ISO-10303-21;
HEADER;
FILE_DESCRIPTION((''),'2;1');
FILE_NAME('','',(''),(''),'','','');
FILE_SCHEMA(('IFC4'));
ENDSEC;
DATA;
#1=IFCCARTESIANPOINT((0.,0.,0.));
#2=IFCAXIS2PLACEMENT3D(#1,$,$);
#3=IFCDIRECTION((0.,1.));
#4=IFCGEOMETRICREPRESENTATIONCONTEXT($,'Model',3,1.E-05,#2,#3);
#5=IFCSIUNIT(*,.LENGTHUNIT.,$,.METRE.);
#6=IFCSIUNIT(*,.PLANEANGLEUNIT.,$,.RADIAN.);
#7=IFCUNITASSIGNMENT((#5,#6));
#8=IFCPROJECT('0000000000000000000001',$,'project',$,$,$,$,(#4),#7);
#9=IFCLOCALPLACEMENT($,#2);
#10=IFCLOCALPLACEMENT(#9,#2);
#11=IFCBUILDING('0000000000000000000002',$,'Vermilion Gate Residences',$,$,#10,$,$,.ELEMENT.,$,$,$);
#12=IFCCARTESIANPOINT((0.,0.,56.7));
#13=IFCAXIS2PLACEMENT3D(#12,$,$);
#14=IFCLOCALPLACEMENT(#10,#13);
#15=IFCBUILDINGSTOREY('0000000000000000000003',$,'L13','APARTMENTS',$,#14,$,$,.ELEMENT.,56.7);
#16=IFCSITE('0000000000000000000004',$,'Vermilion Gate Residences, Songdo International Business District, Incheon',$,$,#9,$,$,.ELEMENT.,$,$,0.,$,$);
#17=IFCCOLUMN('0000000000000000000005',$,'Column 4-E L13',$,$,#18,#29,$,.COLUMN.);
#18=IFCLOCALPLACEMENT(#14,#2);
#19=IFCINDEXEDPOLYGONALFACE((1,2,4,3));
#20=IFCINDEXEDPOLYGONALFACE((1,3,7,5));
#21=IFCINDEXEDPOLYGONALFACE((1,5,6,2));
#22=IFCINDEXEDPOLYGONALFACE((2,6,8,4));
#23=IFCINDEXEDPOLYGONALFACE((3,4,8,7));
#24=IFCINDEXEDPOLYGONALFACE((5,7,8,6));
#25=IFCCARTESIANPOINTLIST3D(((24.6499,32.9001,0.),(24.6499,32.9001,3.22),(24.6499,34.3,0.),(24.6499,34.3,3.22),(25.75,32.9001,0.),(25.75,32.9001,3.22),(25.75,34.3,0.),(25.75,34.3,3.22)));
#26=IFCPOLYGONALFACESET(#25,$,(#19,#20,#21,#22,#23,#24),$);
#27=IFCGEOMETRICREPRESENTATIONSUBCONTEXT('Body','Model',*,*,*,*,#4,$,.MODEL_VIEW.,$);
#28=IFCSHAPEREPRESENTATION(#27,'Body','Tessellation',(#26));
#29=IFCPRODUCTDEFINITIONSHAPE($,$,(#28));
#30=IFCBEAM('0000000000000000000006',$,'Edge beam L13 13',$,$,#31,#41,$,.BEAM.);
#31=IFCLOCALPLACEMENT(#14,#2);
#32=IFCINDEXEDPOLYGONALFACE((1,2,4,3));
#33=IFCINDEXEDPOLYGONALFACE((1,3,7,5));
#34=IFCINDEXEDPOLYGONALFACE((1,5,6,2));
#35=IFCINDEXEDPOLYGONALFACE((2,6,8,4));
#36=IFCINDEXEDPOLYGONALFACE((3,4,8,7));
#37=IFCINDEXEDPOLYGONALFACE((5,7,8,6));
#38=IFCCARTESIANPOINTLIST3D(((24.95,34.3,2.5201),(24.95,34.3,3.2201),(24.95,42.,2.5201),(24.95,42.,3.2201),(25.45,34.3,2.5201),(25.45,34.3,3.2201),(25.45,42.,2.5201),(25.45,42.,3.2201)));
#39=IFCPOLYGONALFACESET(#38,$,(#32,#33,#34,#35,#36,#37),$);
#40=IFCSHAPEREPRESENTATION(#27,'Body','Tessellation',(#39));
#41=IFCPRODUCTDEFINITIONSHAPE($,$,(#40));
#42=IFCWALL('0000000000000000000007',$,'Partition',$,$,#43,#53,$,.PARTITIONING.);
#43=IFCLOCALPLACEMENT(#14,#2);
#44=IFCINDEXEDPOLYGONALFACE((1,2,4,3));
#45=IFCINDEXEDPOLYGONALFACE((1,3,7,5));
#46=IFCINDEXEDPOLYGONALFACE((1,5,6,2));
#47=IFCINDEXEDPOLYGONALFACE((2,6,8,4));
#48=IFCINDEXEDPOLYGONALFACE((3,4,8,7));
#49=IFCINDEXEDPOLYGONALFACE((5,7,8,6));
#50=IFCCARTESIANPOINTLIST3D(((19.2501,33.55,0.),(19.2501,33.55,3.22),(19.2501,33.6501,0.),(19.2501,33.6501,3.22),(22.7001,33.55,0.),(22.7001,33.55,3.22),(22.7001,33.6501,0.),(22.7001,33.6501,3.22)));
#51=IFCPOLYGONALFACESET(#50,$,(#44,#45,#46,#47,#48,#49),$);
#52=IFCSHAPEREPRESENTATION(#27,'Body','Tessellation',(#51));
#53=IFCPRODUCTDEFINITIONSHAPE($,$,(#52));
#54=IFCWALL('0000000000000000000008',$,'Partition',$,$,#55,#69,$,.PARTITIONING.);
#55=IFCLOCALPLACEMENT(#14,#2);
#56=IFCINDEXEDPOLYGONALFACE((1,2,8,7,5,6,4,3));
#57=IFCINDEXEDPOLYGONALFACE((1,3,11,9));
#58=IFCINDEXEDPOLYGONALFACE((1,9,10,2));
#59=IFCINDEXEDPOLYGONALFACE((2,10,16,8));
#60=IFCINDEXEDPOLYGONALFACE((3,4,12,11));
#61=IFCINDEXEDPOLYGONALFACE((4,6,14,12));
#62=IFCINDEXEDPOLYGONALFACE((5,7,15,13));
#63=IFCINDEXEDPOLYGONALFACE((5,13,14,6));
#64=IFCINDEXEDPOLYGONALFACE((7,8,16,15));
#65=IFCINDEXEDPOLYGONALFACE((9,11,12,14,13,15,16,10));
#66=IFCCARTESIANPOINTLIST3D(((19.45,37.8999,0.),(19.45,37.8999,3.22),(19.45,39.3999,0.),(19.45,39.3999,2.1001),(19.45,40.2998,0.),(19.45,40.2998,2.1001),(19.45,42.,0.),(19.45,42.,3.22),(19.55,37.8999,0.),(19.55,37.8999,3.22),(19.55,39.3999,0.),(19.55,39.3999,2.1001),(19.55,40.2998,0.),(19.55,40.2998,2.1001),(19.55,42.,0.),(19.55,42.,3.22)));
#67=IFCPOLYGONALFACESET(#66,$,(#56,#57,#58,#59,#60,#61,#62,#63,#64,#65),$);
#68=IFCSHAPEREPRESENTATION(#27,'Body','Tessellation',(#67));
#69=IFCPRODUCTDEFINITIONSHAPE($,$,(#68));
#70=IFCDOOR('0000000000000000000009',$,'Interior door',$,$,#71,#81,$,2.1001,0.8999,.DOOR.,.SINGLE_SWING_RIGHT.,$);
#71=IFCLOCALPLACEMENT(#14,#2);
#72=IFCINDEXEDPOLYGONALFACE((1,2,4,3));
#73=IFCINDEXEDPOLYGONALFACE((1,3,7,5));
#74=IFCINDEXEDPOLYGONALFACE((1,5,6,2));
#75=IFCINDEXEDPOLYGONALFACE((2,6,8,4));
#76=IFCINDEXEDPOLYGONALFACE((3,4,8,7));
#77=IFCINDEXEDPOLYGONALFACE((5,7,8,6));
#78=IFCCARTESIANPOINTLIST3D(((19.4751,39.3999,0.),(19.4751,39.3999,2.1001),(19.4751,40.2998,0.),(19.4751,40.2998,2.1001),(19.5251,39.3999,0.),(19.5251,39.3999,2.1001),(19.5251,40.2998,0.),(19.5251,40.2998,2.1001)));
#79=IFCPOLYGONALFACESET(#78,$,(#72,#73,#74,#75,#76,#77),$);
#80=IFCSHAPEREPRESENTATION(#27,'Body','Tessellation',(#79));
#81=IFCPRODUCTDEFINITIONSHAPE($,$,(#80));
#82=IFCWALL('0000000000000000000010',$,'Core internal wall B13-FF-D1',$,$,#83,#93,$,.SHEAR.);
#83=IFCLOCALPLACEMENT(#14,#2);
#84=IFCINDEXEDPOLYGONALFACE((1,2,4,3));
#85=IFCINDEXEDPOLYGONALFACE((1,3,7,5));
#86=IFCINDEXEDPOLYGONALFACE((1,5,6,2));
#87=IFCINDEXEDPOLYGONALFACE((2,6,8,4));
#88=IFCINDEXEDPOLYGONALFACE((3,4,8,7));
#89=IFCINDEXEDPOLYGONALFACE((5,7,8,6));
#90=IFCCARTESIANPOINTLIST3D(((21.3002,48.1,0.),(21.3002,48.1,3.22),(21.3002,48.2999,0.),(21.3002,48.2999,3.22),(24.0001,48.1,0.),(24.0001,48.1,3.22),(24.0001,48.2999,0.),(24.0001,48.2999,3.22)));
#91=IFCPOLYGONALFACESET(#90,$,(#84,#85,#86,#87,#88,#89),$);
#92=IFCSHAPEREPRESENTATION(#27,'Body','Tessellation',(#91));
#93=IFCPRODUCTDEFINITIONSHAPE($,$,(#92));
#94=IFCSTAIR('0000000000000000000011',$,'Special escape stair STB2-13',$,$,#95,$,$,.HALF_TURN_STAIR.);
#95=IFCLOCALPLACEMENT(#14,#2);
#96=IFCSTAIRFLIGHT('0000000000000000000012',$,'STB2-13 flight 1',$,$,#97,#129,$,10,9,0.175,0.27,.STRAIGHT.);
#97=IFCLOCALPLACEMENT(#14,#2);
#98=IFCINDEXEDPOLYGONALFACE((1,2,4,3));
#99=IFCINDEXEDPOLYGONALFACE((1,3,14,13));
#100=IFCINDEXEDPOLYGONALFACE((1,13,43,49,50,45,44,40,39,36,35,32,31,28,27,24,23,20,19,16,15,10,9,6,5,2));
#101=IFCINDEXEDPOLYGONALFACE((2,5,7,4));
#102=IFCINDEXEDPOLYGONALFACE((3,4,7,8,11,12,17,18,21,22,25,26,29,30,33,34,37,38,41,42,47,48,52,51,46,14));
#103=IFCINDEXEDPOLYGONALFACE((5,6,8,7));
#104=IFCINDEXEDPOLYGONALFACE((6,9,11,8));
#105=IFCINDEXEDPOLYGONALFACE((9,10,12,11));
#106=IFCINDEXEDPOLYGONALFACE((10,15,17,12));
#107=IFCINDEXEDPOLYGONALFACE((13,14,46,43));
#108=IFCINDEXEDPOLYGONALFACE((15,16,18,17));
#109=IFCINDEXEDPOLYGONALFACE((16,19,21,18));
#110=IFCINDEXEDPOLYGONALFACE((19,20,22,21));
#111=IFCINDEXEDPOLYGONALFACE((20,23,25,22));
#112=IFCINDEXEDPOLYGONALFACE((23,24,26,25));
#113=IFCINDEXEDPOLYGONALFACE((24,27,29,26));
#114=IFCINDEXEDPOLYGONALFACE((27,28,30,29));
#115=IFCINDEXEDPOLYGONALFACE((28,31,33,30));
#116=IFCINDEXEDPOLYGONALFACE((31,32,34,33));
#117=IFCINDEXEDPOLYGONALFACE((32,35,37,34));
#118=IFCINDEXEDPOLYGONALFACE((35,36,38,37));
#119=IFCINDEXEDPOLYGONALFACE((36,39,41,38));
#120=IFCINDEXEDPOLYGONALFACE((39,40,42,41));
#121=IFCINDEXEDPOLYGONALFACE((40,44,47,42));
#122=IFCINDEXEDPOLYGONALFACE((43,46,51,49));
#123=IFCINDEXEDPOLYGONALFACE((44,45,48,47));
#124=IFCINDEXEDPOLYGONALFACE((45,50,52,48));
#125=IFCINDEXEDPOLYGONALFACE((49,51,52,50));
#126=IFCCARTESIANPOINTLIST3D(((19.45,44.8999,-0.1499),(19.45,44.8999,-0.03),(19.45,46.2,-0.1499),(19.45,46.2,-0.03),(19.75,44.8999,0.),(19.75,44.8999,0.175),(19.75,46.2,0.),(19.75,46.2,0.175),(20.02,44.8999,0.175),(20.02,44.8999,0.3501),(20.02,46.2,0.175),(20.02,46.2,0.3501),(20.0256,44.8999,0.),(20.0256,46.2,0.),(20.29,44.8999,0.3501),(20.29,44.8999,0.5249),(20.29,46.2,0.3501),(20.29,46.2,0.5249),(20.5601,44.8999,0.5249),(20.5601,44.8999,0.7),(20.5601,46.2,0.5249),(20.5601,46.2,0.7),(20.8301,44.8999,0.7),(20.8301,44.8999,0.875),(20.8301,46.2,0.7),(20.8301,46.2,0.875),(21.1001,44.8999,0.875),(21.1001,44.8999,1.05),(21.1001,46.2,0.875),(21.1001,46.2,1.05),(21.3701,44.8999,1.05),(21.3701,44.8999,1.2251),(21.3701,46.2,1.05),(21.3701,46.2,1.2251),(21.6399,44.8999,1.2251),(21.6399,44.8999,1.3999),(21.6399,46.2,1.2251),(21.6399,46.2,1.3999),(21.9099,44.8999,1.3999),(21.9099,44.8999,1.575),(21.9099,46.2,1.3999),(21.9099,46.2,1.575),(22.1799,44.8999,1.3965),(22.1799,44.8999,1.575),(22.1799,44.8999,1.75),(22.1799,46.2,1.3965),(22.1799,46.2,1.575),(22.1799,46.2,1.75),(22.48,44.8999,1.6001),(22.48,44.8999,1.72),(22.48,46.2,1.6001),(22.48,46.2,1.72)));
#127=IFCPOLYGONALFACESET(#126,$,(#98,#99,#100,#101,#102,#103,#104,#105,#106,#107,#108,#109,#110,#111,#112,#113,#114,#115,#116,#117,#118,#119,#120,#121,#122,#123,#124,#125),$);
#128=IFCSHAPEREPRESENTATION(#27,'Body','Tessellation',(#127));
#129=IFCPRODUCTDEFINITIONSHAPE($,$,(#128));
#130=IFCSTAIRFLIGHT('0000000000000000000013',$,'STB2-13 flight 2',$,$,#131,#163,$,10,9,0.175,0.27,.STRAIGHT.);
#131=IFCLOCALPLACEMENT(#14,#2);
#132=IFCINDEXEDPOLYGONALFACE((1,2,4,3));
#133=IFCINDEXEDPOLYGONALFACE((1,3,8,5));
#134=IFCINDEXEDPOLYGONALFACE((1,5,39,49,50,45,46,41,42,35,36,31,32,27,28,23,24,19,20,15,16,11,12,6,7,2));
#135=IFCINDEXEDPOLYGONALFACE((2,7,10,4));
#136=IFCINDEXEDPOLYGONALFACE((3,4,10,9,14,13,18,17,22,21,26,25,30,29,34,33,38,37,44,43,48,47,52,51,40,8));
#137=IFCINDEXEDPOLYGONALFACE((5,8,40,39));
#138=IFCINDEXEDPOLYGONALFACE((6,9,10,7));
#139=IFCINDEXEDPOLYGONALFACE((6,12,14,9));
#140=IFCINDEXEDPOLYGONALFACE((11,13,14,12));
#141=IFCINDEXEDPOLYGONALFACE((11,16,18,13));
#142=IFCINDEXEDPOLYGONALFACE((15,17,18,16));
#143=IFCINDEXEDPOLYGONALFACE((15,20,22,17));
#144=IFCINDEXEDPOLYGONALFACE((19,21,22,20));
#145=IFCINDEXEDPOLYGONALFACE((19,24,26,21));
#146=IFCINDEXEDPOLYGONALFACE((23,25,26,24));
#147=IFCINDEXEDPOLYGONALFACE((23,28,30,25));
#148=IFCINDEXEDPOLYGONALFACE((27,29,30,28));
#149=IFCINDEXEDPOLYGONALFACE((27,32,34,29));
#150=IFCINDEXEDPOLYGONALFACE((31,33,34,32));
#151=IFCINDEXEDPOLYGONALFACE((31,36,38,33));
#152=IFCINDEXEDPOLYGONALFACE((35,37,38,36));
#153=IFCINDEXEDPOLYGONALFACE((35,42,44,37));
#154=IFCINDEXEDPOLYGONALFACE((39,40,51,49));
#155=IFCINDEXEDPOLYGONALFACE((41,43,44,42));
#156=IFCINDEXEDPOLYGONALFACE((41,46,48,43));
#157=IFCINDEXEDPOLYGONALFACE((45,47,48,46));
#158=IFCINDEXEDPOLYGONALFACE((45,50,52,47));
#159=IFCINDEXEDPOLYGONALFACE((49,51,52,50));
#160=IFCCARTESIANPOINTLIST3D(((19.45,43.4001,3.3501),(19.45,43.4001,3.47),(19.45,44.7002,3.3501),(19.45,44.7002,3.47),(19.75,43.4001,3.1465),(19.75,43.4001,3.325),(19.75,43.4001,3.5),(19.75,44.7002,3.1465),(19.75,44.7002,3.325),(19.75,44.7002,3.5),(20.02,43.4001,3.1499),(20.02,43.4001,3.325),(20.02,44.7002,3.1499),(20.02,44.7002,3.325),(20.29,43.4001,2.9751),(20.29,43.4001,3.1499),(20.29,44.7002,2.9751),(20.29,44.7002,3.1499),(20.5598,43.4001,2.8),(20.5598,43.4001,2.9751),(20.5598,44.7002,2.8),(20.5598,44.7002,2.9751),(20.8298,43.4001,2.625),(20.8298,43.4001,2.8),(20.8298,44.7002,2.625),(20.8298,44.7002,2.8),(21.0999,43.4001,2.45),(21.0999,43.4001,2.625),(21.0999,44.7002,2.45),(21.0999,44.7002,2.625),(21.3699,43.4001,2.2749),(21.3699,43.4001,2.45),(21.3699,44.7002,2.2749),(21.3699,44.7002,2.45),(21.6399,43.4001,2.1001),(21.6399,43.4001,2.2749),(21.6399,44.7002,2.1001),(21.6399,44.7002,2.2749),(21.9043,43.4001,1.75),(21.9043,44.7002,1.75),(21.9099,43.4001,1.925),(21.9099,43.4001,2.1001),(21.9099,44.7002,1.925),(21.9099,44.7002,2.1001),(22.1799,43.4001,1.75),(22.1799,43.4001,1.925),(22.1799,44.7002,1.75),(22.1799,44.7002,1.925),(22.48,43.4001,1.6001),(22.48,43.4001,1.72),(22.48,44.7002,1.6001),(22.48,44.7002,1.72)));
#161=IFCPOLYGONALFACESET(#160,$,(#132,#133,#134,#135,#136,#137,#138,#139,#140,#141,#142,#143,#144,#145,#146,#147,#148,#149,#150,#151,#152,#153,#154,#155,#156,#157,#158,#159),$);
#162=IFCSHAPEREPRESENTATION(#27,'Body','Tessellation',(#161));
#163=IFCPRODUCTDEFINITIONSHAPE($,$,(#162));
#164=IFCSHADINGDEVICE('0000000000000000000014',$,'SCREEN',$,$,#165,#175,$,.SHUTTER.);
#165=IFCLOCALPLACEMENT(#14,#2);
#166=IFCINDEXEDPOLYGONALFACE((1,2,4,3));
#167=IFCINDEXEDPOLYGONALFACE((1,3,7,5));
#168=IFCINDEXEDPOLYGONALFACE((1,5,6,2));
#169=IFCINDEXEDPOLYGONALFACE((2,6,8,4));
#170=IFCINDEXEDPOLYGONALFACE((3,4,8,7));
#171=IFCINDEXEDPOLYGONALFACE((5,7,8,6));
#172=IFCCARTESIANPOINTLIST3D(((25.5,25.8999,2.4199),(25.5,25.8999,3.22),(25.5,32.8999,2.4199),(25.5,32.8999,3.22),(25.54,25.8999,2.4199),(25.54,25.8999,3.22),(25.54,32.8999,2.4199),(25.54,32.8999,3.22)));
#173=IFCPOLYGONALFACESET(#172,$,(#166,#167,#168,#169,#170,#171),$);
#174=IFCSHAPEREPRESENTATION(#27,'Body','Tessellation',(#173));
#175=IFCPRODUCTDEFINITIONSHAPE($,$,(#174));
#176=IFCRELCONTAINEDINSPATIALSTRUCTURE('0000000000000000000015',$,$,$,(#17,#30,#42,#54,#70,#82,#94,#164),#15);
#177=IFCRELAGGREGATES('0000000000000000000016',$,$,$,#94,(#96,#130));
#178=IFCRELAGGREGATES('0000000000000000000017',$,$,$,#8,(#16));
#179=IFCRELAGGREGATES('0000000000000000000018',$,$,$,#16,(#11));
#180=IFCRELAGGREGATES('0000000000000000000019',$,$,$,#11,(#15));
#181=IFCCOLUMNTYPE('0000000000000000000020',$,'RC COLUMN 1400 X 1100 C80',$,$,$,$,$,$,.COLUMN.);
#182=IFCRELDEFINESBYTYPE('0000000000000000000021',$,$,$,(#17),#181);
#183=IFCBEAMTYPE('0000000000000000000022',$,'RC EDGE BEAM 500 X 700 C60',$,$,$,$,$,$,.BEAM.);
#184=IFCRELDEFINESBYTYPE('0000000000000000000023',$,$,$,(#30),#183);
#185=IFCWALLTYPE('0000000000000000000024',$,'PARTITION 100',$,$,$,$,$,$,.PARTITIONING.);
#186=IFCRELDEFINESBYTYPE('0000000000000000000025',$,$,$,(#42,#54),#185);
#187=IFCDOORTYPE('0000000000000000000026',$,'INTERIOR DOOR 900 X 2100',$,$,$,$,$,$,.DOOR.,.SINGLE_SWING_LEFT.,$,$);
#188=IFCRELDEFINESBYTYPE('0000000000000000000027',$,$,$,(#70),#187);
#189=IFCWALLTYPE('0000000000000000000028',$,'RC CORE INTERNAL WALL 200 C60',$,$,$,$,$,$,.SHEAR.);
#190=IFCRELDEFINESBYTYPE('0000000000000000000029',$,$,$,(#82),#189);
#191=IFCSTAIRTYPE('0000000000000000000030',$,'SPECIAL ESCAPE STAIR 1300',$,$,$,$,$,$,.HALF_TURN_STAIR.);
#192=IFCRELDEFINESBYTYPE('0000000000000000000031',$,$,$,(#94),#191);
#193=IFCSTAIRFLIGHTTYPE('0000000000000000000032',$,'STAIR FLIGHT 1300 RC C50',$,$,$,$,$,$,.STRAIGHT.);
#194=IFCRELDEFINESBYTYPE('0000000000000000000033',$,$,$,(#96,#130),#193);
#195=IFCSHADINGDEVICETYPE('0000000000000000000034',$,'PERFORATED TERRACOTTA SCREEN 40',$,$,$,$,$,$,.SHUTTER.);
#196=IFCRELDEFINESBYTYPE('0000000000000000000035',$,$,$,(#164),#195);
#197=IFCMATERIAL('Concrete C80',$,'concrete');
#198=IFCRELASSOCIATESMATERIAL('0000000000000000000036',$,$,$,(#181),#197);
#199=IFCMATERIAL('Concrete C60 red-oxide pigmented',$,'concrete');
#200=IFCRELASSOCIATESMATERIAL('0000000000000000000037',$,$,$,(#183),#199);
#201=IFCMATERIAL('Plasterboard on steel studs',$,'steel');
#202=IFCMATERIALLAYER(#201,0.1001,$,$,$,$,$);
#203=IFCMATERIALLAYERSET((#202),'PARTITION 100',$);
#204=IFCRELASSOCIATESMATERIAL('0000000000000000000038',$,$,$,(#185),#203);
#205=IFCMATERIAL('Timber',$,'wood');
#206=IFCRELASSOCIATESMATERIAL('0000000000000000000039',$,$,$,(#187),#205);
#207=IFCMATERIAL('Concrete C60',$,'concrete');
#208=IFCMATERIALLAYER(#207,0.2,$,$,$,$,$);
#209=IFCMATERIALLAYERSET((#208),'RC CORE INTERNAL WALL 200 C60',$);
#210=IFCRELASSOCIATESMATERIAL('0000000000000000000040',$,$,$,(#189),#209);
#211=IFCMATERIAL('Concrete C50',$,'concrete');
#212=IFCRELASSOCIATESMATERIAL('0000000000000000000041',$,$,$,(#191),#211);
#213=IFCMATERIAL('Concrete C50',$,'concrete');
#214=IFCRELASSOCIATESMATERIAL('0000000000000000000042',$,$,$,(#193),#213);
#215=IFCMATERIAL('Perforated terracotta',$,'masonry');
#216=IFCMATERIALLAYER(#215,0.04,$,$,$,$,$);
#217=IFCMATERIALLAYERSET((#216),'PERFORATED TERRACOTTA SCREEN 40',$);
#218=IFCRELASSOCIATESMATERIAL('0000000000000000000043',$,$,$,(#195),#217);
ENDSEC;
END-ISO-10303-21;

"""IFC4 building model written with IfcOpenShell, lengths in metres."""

from ifc_helpers import new_model, si_unit, direction, frame, frame_2d, origin, origin_2d, place, context, subcontext, project, spatial, polyline, rectangle, outline, extrude, material, layer, layer_set, material_profile, profile_set, type_object, element, fill, aggregate, save


model = new_model("IFC4")

# Units and contexts
model_context = context("Model", 3, precision=1e-05, world=origin(), true_north=direction((0.0, 1.0)))
body_context = subcontext(model_context, "Body", "Model", "MODEL_VIEW")
ifc_project = project(units=[si_unit("LENGTHUNIT", "METRE"), si_unit("PLANEANGLEUNIT", "RADIAN")], contexts=[model_context])

# Site, building, storey
site_placement = place(None, origin())
site = spatial("IfcSite", under=ifc_project, at=site_placement, Name="Vermilion Gate Residences, Songdo International Business District, Incheon", CompositionType="ELEMENT", RefElevation=0.0)
building_placement = place(site_placement, origin())
building = spatial("IfcBuilding", under=site, at=building_placement, Name="Vermilion Gate Residences", CompositionType="ELEMENT")
storey_placement = place(building_placement, frame((0.0, 0.0, 56.7)))
storey = spatial("IfcBuildingStorey", under=building, at=storey_placement, Name="L13", Description="APARTMENTS", CompositionType="ELEMENT", Elevation=56.7)

# Column
ifc_material_1 = material(Name="Concrete C80", Category="concrete")
ifc_material_profile_1 = material_profile(ifc_material_1, rectangle(XDim=1.3999, YDim=1.1001, at=origin_2d()), Name="RC-1400x1100")
ifc_profile_set_1 = profile_set([ifc_material_profile_1], Name="Concrete C80")
column_type = type_object("IfcColumnType", Name="RC COLUMN 1400 X 1100 C80", PredefinedType="COLUMN", material=ifc_profile_set_1)
column_placement = place(storey_placement, frame((25.2, 33.6001, 0.0), z_axis=(0.0, 0.0, 1.0), x_axis=(0.0, 1.0, 0.0)))
element("IfcColumn", 1, at=column_placement, inside=storey, type_object=column_type, Name="Column 4-E L13", PredefinedType="COLUMN", context=body_context, shape_type="SweptSolid", body=[
    extrude(rectangle(XDim=1.3999, YDim=1.1001, at=origin_2d()), origin(), (0.0, 0.0, 1.0), 3.22),
])

# Beam
ifc_material_2 = material(Name="Concrete C60 red-oxide pigmented", Category="concrete")
ifc_material_profile_2 = material_profile(ifc_material_2, rectangle(XDim=0.5, YDim=0.7, at=origin_2d()), Name="RC-500x700")
ifc_profile_set_2 = profile_set([ifc_material_profile_2], Name="Concrete C60 red-oxide pigmented")
beam_type = type_object("IfcBeamType", Name="RC EDGE BEAM 500 X 700 C60", PredefinedType="BEAM", material=ifc_profile_set_2)
beam_placement = place(storey_placement, frame((25.2, 34.3, 2.8701), z_axis=(0.0, 1.0, 0.0), x_axis=(-1.0, 0.0, 0.0)))
element("IfcBeam", 2, at=beam_placement, inside=storey, type_object=beam_type, Name="Edge beam L13 13", PredefinedType="BEAM", context=body_context, shape_type="SweptSolid", body=[
    extrude(rectangle(XDim=0.5, YDim=0.7, at=origin_2d()), origin(), (0.0, 0.0, 1.0), 7.7),
])

# Wall
ifc_material_3 = material(Name="Plasterboard on steel studs", Category="steel")
ifc_layer_1 = layer(ifc_material_3, 0.1001)
ifc_layer_set_1 = layer_set([ifc_layer_1], Name="PARTITION 100")
wall_type_1 = type_object("IfcWallType", Name="PARTITION 100", PredefinedType="PARTITIONING", material=ifc_layer_set_1)
wall_1_placement = place(storey_placement, frame((19.25, 33.6001, 0.0), z_axis=(0.0, 0.0, 1.0), x_axis=(1.0, 0.0, 0.0)))
element("IfcWall", 3, at=wall_1_placement, inside=storey, type_object=wall_type_1, Name="Partition", PredefinedType="PARTITIONING", context=body_context, shape_type="SweptSolid", body=[
    extrude(rectangle(XDim=3.45, YDim=0.1001, at=frame_2d((1.7251, 0.0))), origin(), (0.0, 0.0, 1.0), 3.22),
])

# Wall, opening, door
wall_2_placement = place(storey_placement, frame((19.5, 37.8999, 0.0), z_axis=(0.0, 0.0, 1.0), x_axis=(0.0, 1.0, 0.0)))
wall_2 = element("IfcWall", 4, at=wall_2_placement, inside=storey, type_object=wall_type_1, Name="Partition", PredefinedType="PARTITIONING", context=body_context, shape_type="SweptSolid", body=[
    extrude(rectangle(XDim=4.1001, YDim=0.1001, at=frame_2d((2.05, 0.0))), origin(), (0.0, 0.0, 1.0), 3.22),
])
opening_placement = place(wall_2_placement, frame((1.5, 0.0, 0.0)))
opening = element("IfcOpeningElement", 5, at=opening_placement, cuts=wall_2, PredefinedType="OPENING", context=body_context, shape_type="SweptSolid", body=[
    extrude(rectangle(XDim=0.8999, YDim=2.1001, at=frame_2d((0.45, 1.05))), frame((0.0, 0.0601, 0.0), z_axis=(0.0, -1.0, 0.0), x_axis=(1.0, 0.0, 0.0)), (0.0, 0.0, 1.0), 0.1201),
])
ifc_material_4 = material(Name="Timber", Category="wood")
door_type = type_object("IfcDoorType", Name="INTERIOR DOOR 900 X 2100", OperationType="SINGLE_SWING_LEFT", PredefinedType="DOOR", material=ifc_material_4)
door_placement = place(opening_placement, origin())
door = element("IfcDoor", 6, at=door_placement, inside=storey, type_object=door_type, Name="Interior door", OperationType="SINGLE_SWING_RIGHT", OverallHeight=2.1001, OverallWidth=0.8999, PredefinedType="DOOR", context=body_context, shape_type="SweptSolid", body=[
    extrude(rectangle(XDim=0.8999, YDim=2.1001, at=frame_2d((0.45, 1.05))), frame((0.0, 0.0249, 0.0), z_axis=(0.0, -1.0, 0.0), x_axis=(1.0, 0.0, 0.0)), (0.0, 0.0, 1.0), 0.05),
])
fill(opening, door)

# Wall
ifc_material_5 = material(Name="Concrete C60", Category="concrete")
ifc_layer_2 = layer(ifc_material_5, 0.2)
ifc_layer_set_2 = layer_set([ifc_layer_2], Name="RC CORE INTERNAL WALL 200 C60")
wall_type_2 = type_object("IfcWallType", Name="RC CORE INTERNAL WALL 200 C60", PredefinedType="SHEAR", material=ifc_layer_set_2)
wall_3_placement = place(storey_placement, frame((21.3, 48.2, 0.0), z_axis=(0.0, 0.0, 1.0), x_axis=(1.0, 0.0, 0.0)))
element("IfcWall", 7, at=wall_3_placement, inside=storey, type_object=wall_type_2, Name="Core internal wall B13-FF-D1", PredefinedType="SHEAR", context=body_context, shape_type="SweptSolid", body=[
    extrude(rectangle(XDim=2.7, YDim=0.2, at=frame_2d((1.3501, 0.0))), origin(), (0.0, 0.0, 1.0), 3.22),
])

# Stair, stair flights
ifc_material_6 = material(Name="Concrete C50", Category="concrete")
stair_type = type_object("IfcStairType", Name="SPECIAL ESCAPE STAIR 1300", PredefinedType="HALF_TURN_STAIR", material=ifc_material_6)
stair_placement = place(storey_placement, origin())
stair = element("IfcStair", 8, at=stair_placement, inside=storey, type_object=stair_type, Name="Special escape stair STB2-13", PredefinedType="HALF_TURN_STAIR")
ifc_material_7 = material(Name="Concrete C50", Category="concrete")
stair_flight_type = type_object("IfcStairFlightType", Name="STAIR FLIGHT 1300 RC C50", PredefinedType="STRAIGHT", material=ifc_material_7)
stair_flight_1_placement = place(storey_placement, frame((19.75, 45.55, 0.0), z_axis=(0.0, 0.0, 1.0), x_axis=(1.0, 0.0, 0.0)))
stair_flight_1 = element("IfcStairFlight", 9, at=stair_flight_1_placement, type_object=stair_flight_type, Name="STB2-13 flight 1", NumberOfRisers=10, NumberOfTreads=9, PredefinedType="STRAIGHT", RiserHeight=0.175, TreadLength=0.27, context=body_context, shape_type="SweptSolid", body=[
    extrude(outline(polyline([(-0.3, -0.1499), (-0.3, -0.03), (0.0, 0.0), (0.0, 0.175), (0.27, 0.175), (0.27, 0.3501), (0.54, 0.3501), (0.54, 0.5249), (0.8101, 0.5249), (0.8101, 0.7), (1.0801, 0.7), (1.0801, 0.875), (1.3501, 0.875), (1.3501, 1.05), (1.6201, 1.05), (1.6201, 1.2251), (1.8899, 1.2251), (1.8899, 1.3999), (2.1599, 1.3999), (2.1599, 1.575), (2.4299, 1.575), (2.4299, 1.75), (2.73, 1.72), (2.73, 1.6001), (2.4299, 1.3965), (0.2756, 0.0), (-0.3, -0.1499)])), frame((0.0, 0.6499, 0.0), z_axis=(0.0, -1.0, 0.0), x_axis=(1.0, 0.0, 0.0)), (0.0, 0.0, 1.0), 1.3),
])
stair_flight_2_placement = place(storey_placement, frame((22.1799, 44.05, 1.75), z_axis=(0.0, 0.0, 1.0), x_axis=(-1.0, 0.0, 0.0)))
stair_flight_2 = element("IfcStairFlight", 10, at=stair_flight_2_placement, type_object=stair_flight_type, Name="STB2-13 flight 2", NumberOfRisers=10, NumberOfTreads=9, PredefinedType="STRAIGHT", RiserHeight=0.175, TreadLength=0.27, context=body_context, shape_type="SweptSolid", body=[
    extrude(outline(polyline([(-0.3, -0.1499), (-0.3, -0.03), (0.0, 0.0), (0.0, 0.175), (0.27, 0.175), (0.27, 0.3501), (0.54, 0.3501), (0.54, 0.5249), (0.8101, 0.5249), (0.8101, 0.7), (1.0801, 0.7), (1.0801, 0.875), (1.3501, 0.875), (1.3501, 1.05), (1.6201, 1.05), (1.6201, 1.2251), (1.8899, 1.2251), (1.8899, 1.3999), (2.1599, 1.3999), (2.1599, 1.575), (2.4299, 1.575), (2.4299, 1.75), (2.73, 1.72), (2.73, 1.6001), (2.4299, 1.3965), (0.2756, 0.0), (-0.3, -0.1499)])), frame((0.0, 0.6499, 0.0), z_axis=(0.0, -1.0, 0.0), x_axis=(1.0, 0.0, 0.0)), (0.0, 0.0, 1.0), 1.3),
])
aggregate(stair, [stair_flight_1, stair_flight_2])

# Shading device
ifc_material_8 = material(Name="Perforated terracotta", Category="masonry")
ifc_layer_3 = layer(ifc_material_8, 0.04)
ifc_layer_set_3 = layer_set([ifc_layer_3], Name="PERFORATED TERRACOTTA SCREEN 40")
shading_device_type_1 = type_object("IfcShadingDeviceType", Name="PERFORATED TERRACOTTA SCREEN 40", PredefinedType="SHUTTER", material=ifc_layer_set_3)
shading_device_1_placement = place(storey_placement, frame((25.52, 29.3999, 2.4199), z_axis=(0.0, 0.0, 1.0), x_axis=(0.0, 1.0, 0.0)))
element("IfcShadingDevice", 11, at=shading_device_1_placement, inside=storey, type_object=shading_device_type_1, Name="SCREEN", PredefinedType="SHUTTER", context=body_context, shape_type="SweptSolid", body=[
    extrude(rectangle(XDim=7.0, YDim=0.04, at=origin_2d()), origin(), (0.0, 0.0, 1.0), 0.8),
])

save(model, "model.ifc")
